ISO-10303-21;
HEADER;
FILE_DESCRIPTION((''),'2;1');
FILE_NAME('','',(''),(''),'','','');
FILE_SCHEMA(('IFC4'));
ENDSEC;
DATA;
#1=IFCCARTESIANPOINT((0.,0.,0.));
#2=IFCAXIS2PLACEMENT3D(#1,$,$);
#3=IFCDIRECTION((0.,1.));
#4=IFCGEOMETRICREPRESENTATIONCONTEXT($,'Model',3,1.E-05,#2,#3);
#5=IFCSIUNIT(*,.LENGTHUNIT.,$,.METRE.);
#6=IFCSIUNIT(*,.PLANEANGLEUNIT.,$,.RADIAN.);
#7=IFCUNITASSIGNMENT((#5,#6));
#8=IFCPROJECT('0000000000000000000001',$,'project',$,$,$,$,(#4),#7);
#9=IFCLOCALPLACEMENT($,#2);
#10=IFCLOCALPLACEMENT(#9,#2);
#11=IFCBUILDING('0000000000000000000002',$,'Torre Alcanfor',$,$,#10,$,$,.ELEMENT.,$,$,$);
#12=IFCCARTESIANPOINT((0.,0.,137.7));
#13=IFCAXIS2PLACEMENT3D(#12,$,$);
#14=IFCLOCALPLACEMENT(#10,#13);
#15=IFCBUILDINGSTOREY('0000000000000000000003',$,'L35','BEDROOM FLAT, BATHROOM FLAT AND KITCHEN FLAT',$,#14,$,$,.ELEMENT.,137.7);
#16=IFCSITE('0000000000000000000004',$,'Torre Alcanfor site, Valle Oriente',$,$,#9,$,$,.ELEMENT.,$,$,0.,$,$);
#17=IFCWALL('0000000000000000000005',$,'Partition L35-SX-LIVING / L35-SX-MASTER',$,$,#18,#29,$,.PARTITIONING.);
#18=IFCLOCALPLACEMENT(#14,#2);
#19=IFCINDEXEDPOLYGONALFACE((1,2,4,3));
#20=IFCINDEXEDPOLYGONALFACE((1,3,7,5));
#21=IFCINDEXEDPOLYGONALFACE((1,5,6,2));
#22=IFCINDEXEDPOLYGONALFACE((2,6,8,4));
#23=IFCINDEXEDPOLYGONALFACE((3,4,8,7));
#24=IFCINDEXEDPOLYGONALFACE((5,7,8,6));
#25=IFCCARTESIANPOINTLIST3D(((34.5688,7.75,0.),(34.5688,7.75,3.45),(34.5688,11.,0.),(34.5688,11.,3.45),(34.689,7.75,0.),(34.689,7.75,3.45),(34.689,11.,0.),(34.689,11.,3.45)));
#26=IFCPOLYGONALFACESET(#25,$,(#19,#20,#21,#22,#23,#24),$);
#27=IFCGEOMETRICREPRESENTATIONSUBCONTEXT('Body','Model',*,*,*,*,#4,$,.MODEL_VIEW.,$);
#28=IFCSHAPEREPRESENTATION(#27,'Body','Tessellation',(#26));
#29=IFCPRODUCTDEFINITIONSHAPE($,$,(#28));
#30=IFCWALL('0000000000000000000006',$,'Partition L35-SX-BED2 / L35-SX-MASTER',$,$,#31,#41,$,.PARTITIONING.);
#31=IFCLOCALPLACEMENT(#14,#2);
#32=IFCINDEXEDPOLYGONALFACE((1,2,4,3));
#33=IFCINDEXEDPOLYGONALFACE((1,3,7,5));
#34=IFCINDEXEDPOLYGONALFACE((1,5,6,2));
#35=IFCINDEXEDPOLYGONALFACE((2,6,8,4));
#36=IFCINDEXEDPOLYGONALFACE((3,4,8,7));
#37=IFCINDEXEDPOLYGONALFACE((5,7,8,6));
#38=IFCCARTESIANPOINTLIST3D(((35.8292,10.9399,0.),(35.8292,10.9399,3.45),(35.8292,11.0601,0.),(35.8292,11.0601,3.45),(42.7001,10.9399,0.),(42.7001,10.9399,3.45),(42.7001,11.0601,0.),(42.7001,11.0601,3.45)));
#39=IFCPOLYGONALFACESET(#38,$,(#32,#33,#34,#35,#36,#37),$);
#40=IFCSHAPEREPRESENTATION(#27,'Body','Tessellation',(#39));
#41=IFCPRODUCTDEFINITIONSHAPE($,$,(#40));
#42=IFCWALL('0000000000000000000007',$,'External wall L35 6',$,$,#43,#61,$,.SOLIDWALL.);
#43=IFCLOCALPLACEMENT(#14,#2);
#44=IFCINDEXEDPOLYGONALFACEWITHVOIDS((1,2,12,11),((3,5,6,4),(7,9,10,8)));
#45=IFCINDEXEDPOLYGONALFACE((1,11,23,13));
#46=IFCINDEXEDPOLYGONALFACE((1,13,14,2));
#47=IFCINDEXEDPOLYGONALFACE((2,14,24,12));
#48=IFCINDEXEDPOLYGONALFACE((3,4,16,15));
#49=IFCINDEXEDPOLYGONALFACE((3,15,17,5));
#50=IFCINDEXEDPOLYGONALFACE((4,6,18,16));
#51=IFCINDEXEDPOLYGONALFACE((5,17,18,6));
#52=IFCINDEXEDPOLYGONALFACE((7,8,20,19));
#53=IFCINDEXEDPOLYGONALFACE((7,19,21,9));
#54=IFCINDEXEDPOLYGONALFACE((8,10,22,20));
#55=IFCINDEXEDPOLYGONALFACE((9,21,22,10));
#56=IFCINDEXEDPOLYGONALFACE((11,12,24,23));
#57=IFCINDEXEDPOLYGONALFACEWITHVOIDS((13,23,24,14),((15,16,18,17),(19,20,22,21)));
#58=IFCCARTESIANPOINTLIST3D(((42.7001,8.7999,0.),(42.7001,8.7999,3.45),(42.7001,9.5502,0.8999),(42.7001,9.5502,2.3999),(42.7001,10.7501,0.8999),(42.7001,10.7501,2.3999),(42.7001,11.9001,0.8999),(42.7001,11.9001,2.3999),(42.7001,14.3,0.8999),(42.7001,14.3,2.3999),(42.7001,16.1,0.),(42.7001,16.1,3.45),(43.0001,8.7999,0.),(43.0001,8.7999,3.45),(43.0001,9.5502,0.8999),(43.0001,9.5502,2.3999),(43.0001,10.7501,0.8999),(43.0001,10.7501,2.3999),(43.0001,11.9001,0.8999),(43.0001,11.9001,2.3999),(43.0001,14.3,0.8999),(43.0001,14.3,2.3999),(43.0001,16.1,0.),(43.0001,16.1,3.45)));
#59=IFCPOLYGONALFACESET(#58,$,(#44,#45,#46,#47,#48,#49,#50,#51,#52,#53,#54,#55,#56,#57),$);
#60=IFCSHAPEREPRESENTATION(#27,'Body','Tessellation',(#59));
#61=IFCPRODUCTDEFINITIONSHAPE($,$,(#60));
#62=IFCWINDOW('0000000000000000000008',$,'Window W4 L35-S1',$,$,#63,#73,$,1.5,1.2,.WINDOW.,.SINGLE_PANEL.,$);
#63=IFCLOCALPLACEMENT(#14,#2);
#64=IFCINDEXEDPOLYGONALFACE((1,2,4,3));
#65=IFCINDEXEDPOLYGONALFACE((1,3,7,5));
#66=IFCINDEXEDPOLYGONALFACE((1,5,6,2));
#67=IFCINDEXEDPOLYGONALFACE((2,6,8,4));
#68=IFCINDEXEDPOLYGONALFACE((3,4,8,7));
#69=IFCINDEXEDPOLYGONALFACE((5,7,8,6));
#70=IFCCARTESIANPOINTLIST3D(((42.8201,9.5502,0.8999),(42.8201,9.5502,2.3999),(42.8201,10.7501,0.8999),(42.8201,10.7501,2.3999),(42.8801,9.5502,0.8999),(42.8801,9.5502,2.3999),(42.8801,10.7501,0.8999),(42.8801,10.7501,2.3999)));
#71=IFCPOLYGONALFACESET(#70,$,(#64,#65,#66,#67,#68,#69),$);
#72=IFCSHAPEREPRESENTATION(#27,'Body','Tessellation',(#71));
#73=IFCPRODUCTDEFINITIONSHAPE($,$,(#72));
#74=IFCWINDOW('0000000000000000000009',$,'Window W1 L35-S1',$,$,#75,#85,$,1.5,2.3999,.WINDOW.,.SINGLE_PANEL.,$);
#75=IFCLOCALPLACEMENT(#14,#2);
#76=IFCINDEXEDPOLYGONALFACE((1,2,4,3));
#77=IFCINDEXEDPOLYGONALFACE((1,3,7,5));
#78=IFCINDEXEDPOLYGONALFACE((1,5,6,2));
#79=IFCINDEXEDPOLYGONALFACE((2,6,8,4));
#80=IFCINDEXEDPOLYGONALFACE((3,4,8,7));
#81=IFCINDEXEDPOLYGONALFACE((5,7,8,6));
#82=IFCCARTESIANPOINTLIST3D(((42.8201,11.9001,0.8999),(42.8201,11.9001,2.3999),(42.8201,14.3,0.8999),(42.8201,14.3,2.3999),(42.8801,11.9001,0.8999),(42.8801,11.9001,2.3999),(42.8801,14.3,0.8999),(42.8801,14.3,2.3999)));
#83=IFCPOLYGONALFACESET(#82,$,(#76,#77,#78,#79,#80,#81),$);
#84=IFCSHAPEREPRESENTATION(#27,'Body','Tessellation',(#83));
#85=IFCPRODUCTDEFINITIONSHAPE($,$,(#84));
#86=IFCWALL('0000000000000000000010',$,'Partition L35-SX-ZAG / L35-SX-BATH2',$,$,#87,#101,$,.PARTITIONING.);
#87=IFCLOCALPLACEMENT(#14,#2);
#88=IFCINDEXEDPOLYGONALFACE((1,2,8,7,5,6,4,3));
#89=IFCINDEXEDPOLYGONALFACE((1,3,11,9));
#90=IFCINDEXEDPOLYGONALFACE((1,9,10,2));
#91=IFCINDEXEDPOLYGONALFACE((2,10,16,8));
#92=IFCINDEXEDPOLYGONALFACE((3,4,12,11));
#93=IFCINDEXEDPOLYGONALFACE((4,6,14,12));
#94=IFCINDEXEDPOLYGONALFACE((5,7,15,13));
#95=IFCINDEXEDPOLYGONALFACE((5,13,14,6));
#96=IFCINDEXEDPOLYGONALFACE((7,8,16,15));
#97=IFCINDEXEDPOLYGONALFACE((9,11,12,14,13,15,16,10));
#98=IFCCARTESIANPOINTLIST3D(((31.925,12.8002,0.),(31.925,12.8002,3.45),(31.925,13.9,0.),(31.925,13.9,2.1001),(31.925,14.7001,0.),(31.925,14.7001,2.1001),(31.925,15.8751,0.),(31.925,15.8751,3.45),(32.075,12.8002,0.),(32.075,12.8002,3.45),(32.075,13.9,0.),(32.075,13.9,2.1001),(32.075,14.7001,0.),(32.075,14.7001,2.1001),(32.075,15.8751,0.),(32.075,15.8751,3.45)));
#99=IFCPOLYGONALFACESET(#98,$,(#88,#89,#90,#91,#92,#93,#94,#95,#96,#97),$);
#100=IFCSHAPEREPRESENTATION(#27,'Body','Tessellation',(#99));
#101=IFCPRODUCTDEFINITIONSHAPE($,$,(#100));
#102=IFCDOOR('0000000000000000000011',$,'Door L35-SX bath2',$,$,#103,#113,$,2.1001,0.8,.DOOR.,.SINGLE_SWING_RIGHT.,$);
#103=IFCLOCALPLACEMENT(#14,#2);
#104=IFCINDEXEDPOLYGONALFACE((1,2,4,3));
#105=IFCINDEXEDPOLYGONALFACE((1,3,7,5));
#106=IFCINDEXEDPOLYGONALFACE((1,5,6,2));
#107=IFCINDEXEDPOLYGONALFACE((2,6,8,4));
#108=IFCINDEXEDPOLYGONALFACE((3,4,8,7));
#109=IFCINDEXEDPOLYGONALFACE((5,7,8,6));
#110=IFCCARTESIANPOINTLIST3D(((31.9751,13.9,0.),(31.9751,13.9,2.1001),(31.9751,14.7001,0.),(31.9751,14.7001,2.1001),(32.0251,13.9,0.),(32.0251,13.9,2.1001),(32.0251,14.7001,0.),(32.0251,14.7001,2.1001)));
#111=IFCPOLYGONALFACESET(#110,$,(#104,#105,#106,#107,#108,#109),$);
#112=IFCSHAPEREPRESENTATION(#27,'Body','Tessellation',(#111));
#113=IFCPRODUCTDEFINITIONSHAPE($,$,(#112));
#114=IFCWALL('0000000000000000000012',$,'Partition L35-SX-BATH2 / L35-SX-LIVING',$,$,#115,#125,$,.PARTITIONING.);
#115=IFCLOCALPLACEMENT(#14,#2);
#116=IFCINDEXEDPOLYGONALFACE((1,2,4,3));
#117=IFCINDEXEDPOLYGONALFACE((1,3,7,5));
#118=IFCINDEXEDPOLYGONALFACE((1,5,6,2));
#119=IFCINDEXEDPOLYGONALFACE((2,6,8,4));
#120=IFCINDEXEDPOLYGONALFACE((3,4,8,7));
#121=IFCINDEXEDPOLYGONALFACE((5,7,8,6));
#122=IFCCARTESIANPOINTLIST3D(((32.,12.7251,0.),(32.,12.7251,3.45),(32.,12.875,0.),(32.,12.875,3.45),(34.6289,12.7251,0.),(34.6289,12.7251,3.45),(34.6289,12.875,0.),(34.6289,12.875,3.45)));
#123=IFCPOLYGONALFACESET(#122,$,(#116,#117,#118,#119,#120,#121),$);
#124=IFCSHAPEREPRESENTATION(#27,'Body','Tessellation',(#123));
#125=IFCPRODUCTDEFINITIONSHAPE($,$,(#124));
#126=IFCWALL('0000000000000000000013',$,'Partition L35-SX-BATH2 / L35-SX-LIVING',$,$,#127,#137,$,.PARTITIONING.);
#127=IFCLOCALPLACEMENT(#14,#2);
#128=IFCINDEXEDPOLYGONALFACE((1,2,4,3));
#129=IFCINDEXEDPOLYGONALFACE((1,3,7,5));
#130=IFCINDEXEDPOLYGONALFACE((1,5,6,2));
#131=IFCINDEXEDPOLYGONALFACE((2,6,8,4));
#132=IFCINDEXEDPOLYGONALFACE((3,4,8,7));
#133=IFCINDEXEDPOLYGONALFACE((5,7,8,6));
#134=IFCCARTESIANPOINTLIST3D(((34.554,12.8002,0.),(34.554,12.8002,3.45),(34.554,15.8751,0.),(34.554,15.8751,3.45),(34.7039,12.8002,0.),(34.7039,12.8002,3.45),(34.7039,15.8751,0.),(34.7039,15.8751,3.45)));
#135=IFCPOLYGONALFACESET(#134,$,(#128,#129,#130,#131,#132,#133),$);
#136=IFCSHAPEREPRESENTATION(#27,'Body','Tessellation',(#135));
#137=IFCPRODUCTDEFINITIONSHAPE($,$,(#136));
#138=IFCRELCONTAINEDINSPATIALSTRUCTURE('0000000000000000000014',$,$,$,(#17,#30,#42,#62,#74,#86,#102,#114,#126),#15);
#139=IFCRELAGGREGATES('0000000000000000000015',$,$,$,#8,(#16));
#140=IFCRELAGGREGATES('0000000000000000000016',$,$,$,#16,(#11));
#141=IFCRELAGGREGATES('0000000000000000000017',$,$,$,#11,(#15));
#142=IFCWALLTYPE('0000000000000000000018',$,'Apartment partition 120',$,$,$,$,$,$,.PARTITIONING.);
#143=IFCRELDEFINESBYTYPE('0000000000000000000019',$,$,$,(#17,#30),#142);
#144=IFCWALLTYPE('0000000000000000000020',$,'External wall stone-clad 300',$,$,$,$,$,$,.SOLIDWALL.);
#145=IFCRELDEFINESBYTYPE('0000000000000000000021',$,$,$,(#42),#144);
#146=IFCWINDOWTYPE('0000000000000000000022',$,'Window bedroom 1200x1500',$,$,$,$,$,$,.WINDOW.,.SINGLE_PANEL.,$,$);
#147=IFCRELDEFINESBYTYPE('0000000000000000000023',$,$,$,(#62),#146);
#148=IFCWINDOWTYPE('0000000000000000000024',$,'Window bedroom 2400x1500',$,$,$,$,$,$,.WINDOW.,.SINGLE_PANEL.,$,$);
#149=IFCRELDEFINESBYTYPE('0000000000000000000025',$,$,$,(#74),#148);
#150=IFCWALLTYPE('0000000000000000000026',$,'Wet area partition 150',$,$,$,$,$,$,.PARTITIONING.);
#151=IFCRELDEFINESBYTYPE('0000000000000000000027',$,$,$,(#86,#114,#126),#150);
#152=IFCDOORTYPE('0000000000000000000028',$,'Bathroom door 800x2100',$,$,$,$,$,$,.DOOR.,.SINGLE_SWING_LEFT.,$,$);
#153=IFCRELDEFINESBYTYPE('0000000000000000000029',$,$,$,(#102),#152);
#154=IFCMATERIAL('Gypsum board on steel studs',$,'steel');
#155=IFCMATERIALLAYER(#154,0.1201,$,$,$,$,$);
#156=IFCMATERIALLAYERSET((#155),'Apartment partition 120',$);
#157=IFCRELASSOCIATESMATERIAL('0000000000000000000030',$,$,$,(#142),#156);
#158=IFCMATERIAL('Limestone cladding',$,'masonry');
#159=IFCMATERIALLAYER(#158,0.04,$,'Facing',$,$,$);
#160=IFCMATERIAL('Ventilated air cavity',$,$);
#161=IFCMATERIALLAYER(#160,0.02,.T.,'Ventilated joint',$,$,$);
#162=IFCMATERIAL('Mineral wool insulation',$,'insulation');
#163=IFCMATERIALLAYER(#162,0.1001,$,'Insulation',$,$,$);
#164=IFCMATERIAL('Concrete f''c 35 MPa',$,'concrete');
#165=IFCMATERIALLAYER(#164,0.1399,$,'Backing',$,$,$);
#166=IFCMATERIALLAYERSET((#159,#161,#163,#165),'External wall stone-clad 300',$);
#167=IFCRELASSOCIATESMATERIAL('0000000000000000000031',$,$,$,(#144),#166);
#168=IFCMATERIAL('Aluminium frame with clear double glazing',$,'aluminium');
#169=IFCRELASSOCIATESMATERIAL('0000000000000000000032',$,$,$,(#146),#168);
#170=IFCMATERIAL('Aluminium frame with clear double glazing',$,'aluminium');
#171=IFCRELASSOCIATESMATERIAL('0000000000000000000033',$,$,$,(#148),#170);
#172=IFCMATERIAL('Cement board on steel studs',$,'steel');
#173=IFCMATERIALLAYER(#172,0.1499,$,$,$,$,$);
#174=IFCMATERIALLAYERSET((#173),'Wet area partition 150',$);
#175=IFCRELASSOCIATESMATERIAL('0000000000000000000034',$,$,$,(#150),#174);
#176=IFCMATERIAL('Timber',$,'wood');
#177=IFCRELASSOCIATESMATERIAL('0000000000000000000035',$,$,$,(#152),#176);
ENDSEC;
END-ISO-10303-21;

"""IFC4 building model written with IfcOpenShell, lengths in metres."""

from ifc_helpers import new_model, si_unit, direction, frame, frame_2d, origin, place, context, subcontext, project, spatial, rectangle, extrude, material, layer, layer_set, type_object, element, fill, save


model = new_model("IFC4")

# Units and contexts
model_context = context("Model", 3, precision=1e-05, world=origin(), true_north=direction((0.0, 1.0)))
body_context = subcontext(model_context, "Body", "Model", "MODEL_VIEW")
ifc_project = project(units=[si_unit("LENGTHUNIT", "METRE"), si_unit("PLANEANGLEUNIT", "RADIAN")], contexts=[model_context])

# Site, building, storey
site_placement = place(None, origin())
site = spatial("IfcSite", under=ifc_project, at=site_placement, Name="Torre Alcanfor site, Valle Oriente", CompositionType="ELEMENT", RefElevation=0.0)
building_placement = place(site_placement, origin())
building = spatial("IfcBuilding", under=site, at=building_placement, Name="Torre Alcanfor", CompositionType="ELEMENT")
storey_placement = place(building_placement, frame((0.0, 0.0, 137.7)))
storey = spatial("IfcBuildingStorey", under=building, at=storey_placement, Name="L35", Description="BEDROOM FLAT, BATHROOM FLAT AND KITCHEN FLAT", CompositionType="ELEMENT", Elevation=137.7)

# Shared definitions
ifc_material_1 = material(Name="Gypsum board on steel studs", Category="steel")
ifc_layer_1 = layer(ifc_material_1, 0.1201)
ifc_layer_set_1 = layer_set([ifc_layer_1], Name="Apartment partition 120")
wall_type_1 = type_object("IfcWallType", Name="Apartment partition 120", PredefinedType="PARTITIONING", material=ifc_layer_set_1)

# Walls
wall_1_placement = place(storey_placement, frame((34.6289, 11.0, 0.0), z_axis=(0.0, 0.0, 1.0), x_axis=(0.0, -1.0, 0.0)))
element("IfcWall", 1, at=wall_1_placement, inside=storey, type_object=wall_type_1, Name="Partition L35-SX-LIVING / L35-SX-MASTER", PredefinedType="PARTITIONING", context=body_context, shape_type="SweptSolid", body=[
    extrude(rectangle(XDim=3.25, YDim=0.1201, at=frame_2d((1.625, 0.0))), origin(), (0.0, 0.0, 1.0), 3.45),
])
wall_2_placement = place(storey_placement, frame((35.8291, 11.0, 0.0), z_axis=(0.0, 0.0, 1.0), x_axis=(1.0, 0.0, 0.0)))
element("IfcWall", 2, at=wall_2_placement, inside=storey, type_object=wall_type_1, Name="Partition L35-SX-BED2 / L35-SX-MASTER", PredefinedType="PARTITIONING", context=body_context, shape_type="SweptSolid", body=[
    extrude(rectangle(XDim=6.8708, YDim=0.1201, at=frame_2d((3.4355, 0.0))), origin(), (0.0, 0.0, 1.0), 3.45),
])

# Wall, openings, windows
ifc_material_2 = material(Name="Limestone cladding", Category="masonry")
ifc_layer_2 = layer(ifc_material_2, 0.04, Name="Facing")
ifc_material_3 = material(Name="Ventilated air cavity")
ifc_layer_3 = layer(ifc_material_3, 0.02, ventilated=True, Name="Ventilated joint")
ifc_material_4 = material(Name="Mineral wool insulation", Category="insulation")
ifc_layer_4 = layer(ifc_material_4, 0.1001, Name="Insulation")
ifc_material_5 = material(Name="Concrete f'c 35 MPa", Category="concrete")
ifc_layer_5 = layer(ifc_material_5, 0.1399, Name="Backing")
ifc_layer_set_2 = layer_set([ifc_layer_2, ifc_layer_3, ifc_layer_4, ifc_layer_5], Name="External wall stone-clad 300")
wall_type_2 = type_object("IfcWallType", Name="External wall stone-clad 300", PredefinedType="SOLIDWALL", material=ifc_layer_set_2)
wall_3_placement = place(storey_placement, frame((42.8501, 8.8, 0.0), z_axis=(0.0, 0.0, 1.0), x_axis=(0.0, 1.0, 0.0)))
wall_3 = element("IfcWall", 3, at=wall_3_placement, inside=storey, type_object=wall_type_2, Name="External wall L35 6", PredefinedType="SOLIDWALL", context=body_context, shape_type="SweptSolid", body=[
    extrude(rectangle(XDim=7.3, YDim=0.3, at=frame_2d((3.6499, 0.0))), origin(), (0.0, 0.0, 1.0), 3.45),
])
opening_1_placement = place(wall_3_placement, frame((3.1001, 0.0, 0.8999)))
opening_1 = element("IfcOpeningElement", 4, at=opening_1_placement, cuts=wall_3, PredefinedType="OPENING", context=body_context, shape_type="SweptSolid", body=[
    extrude(rectangle(XDim=2.3999, YDim=1.5, at=frame_2d((1.2, 0.75))), frame((0.0, 0.1599, 0.0), z_axis=(0.0, -1.0, 0.0), x_axis=(1.0, 0.0, 0.0)), (0.0, 0.0, 1.0), 0.3201),
])
opening_2_placement = place(wall_3_placement, frame((0.75, 0.0, 0.8999)))
opening_2 = element("IfcOpeningElement", 5, at=opening_2_placement, cuts=wall_3, PredefinedType="OPENING", context=body_context, shape_type="SweptSolid", body=[
    extrude(rectangle(XDim=1.2, YDim=1.5, at=frame_2d((0.6001, 0.75))), frame((0.0, 0.1599, 0.0), z_axis=(0.0, -1.0, 0.0), x_axis=(1.0, 0.0, 0.0)), (0.0, 0.0, 1.0), 0.3201),
])
ifc_material_6 = material(Name="Aluminium frame with clear double glazing", Category="aluminium")
window_type_1 = type_object("IfcWindowType", Name="Window bedroom 1200x1500", PartitioningType="SINGLE_PANEL", PredefinedType="WINDOW", material=ifc_material_6)
window_1_placement = place(opening_2_placement, origin())
window_1 = element("IfcWindow", 6, at=window_1_placement, inside=storey, type_object=window_type_1, Name="Window W4 L35-S1", OverallHeight=1.5, OverallWidth=1.2, PartitioningType="SINGLE_PANEL", PredefinedType="WINDOW", context=body_context, shape_type="SweptSolid", body=[
    extrude(rectangle(XDim=1.2, YDim=1.5, at=frame_2d((0.6001, 0.75))), frame((0.0, 0.03, 0.0), z_axis=(0.0, -1.0, 0.0), x_axis=(1.0, 0.0, 0.0)), (0.0, 0.0, 1.0), 0.0601),
])
fill(opening_2, window_1)
ifc_material_7 = material(Name="Aluminium frame with clear double glazing", Category="aluminium")
window_type_2 = type_object("IfcWindowType", Name="Window bedroom 2400x1500", PartitioningType="SINGLE_PANEL", PredefinedType="WINDOW", material=ifc_material_7)
window_2_placement = place(opening_1_placement, origin())
window_2 = element("IfcWindow", 7, at=window_2_placement, inside=storey, type_object=window_type_2, Name="Window W1 L35-S1", OverallHeight=1.5, OverallWidth=2.3999, PartitioningType="SINGLE_PANEL", PredefinedType="WINDOW", context=body_context, shape_type="SweptSolid", body=[
    extrude(rectangle(XDim=2.3999, YDim=1.5, at=frame_2d((1.2, 0.75))), frame((0.0, 0.03, 0.0), z_axis=(0.0, -1.0, 0.0), x_axis=(1.0, 0.0, 0.0)), (0.0, 0.0, 1.0), 0.0601),
])
fill(opening_1, window_2)

# Wall, opening, door
ifc_material_8 = material(Name="Cement board on steel studs", Category="steel")
ifc_layer_6 = layer(ifc_material_8, 0.1499)
ifc_layer_set_3 = layer_set([ifc_layer_6], Name="Wet area partition 150")
wall_type_3 = type_object("IfcWallType", Name="Wet area partition 150", PredefinedType="PARTITIONING", material=ifc_layer_set_3)
wall_4_placement = place(storey_placement, frame((32.0, 12.8, 0.0), z_axis=(0.0, 0.0, 1.0), x_axis=(0.0, 1.0, 0.0)))
wall_4 = element("IfcWall", 8, at=wall_4_placement, inside=storey, type_object=wall_type_3, Name="Partition L35-SX-ZAG / L35-SX-BATH2", PredefinedType="PARTITIONING", context=body_context, shape_type="SweptSolid", body=[
    extrude(rectangle(XDim=3.075, YDim=0.1499, at=frame_2d((1.5376, 0.0))), origin(), (0.0, 0.0, 1.0), 3.45),
])
opening_3_placement = place(wall_4_placement, frame((1.1001, 0.0, 0.0)))
opening_3 = element("IfcOpeningElement", 9, at=opening_3_placement, cuts=wall_4, PredefinedType="OPENING", context=body_context, shape_type="SweptSolid", body=[
    extrude(rectangle(XDim=0.8, YDim=2.1001, at=frame_2d((0.3999, 1.05))), frame((0.0, 0.085, 0.0), z_axis=(0.0, -1.0, 0.0), x_axis=(1.0, 0.0, 0.0)), (0.0, 0.0, 1.0), 0.1699),
])
ifc_material_9 = material(Name="Timber", Category="wood")
door_type_1 = type_object("IfcDoorType", Name="Bathroom door 800x2100", OperationType="SINGLE_SWING_LEFT", PredefinedType="DOOR", material=ifc_material_9)
door_1_placement = place(opening_3_placement, frame((0.8, 0.0, 0.0), z_axis=(0.0, 0.0, 1.0), x_axis=(-1.0, 0.0, 0.0)))
door_1 = element("IfcDoor", 10, at=door_1_placement, inside=storey, type_object=door_type_1, Name="Door L35-SX bath2", OperationType="SINGLE_SWING_RIGHT", OverallHeight=2.1001, OverallWidth=0.8, PredefinedType="DOOR", context=body_context, shape_type="SweptSolid", body=[
    extrude(rectangle(XDim=0.8, YDim=2.1001, at=frame_2d((0.4001, 1.05))), frame((0.0, 0.0251, 0.0), z_axis=(0.0, -1.0, 0.0), x_axis=(1.0, 0.0, 0.0)), (0.0, 0.0, 1.0), 0.05),
])
fill(opening_3, door_1)

# Walls
wall_5_placement = place(storey_placement, frame((32.0, 12.8, 0.0), z_axis=(0.0, 0.0, 1.0), x_axis=(1.0, 0.0, 0.0)))
element("IfcWall", 11, at=wall_5_placement, inside=storey, type_object=wall_type_3, Name="Partition L35-SX-BATH2 / L35-SX-LIVING", PredefinedType="PARTITIONING", context=body_context, shape_type="SweptSolid", body=[
    extrude(rectangle(XDim=2.6289, YDim=0.1499, at=frame_2d((1.3145, 0.0))), origin(), (0.0, 0.0, 1.0), 3.45),
])
wall_6_placement = place(storey_placement, frame((34.6289, 12.8, 0.0), z_axis=(0.0, 0.0, 1.0), x_axis=(0.0, 1.0, 0.0)))
element("IfcWall", 12, at=wall_6_placement, inside=storey, type_object=wall_type_3, Name="Partition L35-SX-BATH2 / L35-SX-LIVING", PredefinedType="PARTITIONING", context=body_context, shape_type="SweptSolid", body=[
    extrude(rectangle(XDim=3.075, YDim=0.1499, at=frame_2d((1.5376, 0.0))), origin(), (0.0, 0.0, 1.0), 3.45),
])

save(model, "model.ifc")
